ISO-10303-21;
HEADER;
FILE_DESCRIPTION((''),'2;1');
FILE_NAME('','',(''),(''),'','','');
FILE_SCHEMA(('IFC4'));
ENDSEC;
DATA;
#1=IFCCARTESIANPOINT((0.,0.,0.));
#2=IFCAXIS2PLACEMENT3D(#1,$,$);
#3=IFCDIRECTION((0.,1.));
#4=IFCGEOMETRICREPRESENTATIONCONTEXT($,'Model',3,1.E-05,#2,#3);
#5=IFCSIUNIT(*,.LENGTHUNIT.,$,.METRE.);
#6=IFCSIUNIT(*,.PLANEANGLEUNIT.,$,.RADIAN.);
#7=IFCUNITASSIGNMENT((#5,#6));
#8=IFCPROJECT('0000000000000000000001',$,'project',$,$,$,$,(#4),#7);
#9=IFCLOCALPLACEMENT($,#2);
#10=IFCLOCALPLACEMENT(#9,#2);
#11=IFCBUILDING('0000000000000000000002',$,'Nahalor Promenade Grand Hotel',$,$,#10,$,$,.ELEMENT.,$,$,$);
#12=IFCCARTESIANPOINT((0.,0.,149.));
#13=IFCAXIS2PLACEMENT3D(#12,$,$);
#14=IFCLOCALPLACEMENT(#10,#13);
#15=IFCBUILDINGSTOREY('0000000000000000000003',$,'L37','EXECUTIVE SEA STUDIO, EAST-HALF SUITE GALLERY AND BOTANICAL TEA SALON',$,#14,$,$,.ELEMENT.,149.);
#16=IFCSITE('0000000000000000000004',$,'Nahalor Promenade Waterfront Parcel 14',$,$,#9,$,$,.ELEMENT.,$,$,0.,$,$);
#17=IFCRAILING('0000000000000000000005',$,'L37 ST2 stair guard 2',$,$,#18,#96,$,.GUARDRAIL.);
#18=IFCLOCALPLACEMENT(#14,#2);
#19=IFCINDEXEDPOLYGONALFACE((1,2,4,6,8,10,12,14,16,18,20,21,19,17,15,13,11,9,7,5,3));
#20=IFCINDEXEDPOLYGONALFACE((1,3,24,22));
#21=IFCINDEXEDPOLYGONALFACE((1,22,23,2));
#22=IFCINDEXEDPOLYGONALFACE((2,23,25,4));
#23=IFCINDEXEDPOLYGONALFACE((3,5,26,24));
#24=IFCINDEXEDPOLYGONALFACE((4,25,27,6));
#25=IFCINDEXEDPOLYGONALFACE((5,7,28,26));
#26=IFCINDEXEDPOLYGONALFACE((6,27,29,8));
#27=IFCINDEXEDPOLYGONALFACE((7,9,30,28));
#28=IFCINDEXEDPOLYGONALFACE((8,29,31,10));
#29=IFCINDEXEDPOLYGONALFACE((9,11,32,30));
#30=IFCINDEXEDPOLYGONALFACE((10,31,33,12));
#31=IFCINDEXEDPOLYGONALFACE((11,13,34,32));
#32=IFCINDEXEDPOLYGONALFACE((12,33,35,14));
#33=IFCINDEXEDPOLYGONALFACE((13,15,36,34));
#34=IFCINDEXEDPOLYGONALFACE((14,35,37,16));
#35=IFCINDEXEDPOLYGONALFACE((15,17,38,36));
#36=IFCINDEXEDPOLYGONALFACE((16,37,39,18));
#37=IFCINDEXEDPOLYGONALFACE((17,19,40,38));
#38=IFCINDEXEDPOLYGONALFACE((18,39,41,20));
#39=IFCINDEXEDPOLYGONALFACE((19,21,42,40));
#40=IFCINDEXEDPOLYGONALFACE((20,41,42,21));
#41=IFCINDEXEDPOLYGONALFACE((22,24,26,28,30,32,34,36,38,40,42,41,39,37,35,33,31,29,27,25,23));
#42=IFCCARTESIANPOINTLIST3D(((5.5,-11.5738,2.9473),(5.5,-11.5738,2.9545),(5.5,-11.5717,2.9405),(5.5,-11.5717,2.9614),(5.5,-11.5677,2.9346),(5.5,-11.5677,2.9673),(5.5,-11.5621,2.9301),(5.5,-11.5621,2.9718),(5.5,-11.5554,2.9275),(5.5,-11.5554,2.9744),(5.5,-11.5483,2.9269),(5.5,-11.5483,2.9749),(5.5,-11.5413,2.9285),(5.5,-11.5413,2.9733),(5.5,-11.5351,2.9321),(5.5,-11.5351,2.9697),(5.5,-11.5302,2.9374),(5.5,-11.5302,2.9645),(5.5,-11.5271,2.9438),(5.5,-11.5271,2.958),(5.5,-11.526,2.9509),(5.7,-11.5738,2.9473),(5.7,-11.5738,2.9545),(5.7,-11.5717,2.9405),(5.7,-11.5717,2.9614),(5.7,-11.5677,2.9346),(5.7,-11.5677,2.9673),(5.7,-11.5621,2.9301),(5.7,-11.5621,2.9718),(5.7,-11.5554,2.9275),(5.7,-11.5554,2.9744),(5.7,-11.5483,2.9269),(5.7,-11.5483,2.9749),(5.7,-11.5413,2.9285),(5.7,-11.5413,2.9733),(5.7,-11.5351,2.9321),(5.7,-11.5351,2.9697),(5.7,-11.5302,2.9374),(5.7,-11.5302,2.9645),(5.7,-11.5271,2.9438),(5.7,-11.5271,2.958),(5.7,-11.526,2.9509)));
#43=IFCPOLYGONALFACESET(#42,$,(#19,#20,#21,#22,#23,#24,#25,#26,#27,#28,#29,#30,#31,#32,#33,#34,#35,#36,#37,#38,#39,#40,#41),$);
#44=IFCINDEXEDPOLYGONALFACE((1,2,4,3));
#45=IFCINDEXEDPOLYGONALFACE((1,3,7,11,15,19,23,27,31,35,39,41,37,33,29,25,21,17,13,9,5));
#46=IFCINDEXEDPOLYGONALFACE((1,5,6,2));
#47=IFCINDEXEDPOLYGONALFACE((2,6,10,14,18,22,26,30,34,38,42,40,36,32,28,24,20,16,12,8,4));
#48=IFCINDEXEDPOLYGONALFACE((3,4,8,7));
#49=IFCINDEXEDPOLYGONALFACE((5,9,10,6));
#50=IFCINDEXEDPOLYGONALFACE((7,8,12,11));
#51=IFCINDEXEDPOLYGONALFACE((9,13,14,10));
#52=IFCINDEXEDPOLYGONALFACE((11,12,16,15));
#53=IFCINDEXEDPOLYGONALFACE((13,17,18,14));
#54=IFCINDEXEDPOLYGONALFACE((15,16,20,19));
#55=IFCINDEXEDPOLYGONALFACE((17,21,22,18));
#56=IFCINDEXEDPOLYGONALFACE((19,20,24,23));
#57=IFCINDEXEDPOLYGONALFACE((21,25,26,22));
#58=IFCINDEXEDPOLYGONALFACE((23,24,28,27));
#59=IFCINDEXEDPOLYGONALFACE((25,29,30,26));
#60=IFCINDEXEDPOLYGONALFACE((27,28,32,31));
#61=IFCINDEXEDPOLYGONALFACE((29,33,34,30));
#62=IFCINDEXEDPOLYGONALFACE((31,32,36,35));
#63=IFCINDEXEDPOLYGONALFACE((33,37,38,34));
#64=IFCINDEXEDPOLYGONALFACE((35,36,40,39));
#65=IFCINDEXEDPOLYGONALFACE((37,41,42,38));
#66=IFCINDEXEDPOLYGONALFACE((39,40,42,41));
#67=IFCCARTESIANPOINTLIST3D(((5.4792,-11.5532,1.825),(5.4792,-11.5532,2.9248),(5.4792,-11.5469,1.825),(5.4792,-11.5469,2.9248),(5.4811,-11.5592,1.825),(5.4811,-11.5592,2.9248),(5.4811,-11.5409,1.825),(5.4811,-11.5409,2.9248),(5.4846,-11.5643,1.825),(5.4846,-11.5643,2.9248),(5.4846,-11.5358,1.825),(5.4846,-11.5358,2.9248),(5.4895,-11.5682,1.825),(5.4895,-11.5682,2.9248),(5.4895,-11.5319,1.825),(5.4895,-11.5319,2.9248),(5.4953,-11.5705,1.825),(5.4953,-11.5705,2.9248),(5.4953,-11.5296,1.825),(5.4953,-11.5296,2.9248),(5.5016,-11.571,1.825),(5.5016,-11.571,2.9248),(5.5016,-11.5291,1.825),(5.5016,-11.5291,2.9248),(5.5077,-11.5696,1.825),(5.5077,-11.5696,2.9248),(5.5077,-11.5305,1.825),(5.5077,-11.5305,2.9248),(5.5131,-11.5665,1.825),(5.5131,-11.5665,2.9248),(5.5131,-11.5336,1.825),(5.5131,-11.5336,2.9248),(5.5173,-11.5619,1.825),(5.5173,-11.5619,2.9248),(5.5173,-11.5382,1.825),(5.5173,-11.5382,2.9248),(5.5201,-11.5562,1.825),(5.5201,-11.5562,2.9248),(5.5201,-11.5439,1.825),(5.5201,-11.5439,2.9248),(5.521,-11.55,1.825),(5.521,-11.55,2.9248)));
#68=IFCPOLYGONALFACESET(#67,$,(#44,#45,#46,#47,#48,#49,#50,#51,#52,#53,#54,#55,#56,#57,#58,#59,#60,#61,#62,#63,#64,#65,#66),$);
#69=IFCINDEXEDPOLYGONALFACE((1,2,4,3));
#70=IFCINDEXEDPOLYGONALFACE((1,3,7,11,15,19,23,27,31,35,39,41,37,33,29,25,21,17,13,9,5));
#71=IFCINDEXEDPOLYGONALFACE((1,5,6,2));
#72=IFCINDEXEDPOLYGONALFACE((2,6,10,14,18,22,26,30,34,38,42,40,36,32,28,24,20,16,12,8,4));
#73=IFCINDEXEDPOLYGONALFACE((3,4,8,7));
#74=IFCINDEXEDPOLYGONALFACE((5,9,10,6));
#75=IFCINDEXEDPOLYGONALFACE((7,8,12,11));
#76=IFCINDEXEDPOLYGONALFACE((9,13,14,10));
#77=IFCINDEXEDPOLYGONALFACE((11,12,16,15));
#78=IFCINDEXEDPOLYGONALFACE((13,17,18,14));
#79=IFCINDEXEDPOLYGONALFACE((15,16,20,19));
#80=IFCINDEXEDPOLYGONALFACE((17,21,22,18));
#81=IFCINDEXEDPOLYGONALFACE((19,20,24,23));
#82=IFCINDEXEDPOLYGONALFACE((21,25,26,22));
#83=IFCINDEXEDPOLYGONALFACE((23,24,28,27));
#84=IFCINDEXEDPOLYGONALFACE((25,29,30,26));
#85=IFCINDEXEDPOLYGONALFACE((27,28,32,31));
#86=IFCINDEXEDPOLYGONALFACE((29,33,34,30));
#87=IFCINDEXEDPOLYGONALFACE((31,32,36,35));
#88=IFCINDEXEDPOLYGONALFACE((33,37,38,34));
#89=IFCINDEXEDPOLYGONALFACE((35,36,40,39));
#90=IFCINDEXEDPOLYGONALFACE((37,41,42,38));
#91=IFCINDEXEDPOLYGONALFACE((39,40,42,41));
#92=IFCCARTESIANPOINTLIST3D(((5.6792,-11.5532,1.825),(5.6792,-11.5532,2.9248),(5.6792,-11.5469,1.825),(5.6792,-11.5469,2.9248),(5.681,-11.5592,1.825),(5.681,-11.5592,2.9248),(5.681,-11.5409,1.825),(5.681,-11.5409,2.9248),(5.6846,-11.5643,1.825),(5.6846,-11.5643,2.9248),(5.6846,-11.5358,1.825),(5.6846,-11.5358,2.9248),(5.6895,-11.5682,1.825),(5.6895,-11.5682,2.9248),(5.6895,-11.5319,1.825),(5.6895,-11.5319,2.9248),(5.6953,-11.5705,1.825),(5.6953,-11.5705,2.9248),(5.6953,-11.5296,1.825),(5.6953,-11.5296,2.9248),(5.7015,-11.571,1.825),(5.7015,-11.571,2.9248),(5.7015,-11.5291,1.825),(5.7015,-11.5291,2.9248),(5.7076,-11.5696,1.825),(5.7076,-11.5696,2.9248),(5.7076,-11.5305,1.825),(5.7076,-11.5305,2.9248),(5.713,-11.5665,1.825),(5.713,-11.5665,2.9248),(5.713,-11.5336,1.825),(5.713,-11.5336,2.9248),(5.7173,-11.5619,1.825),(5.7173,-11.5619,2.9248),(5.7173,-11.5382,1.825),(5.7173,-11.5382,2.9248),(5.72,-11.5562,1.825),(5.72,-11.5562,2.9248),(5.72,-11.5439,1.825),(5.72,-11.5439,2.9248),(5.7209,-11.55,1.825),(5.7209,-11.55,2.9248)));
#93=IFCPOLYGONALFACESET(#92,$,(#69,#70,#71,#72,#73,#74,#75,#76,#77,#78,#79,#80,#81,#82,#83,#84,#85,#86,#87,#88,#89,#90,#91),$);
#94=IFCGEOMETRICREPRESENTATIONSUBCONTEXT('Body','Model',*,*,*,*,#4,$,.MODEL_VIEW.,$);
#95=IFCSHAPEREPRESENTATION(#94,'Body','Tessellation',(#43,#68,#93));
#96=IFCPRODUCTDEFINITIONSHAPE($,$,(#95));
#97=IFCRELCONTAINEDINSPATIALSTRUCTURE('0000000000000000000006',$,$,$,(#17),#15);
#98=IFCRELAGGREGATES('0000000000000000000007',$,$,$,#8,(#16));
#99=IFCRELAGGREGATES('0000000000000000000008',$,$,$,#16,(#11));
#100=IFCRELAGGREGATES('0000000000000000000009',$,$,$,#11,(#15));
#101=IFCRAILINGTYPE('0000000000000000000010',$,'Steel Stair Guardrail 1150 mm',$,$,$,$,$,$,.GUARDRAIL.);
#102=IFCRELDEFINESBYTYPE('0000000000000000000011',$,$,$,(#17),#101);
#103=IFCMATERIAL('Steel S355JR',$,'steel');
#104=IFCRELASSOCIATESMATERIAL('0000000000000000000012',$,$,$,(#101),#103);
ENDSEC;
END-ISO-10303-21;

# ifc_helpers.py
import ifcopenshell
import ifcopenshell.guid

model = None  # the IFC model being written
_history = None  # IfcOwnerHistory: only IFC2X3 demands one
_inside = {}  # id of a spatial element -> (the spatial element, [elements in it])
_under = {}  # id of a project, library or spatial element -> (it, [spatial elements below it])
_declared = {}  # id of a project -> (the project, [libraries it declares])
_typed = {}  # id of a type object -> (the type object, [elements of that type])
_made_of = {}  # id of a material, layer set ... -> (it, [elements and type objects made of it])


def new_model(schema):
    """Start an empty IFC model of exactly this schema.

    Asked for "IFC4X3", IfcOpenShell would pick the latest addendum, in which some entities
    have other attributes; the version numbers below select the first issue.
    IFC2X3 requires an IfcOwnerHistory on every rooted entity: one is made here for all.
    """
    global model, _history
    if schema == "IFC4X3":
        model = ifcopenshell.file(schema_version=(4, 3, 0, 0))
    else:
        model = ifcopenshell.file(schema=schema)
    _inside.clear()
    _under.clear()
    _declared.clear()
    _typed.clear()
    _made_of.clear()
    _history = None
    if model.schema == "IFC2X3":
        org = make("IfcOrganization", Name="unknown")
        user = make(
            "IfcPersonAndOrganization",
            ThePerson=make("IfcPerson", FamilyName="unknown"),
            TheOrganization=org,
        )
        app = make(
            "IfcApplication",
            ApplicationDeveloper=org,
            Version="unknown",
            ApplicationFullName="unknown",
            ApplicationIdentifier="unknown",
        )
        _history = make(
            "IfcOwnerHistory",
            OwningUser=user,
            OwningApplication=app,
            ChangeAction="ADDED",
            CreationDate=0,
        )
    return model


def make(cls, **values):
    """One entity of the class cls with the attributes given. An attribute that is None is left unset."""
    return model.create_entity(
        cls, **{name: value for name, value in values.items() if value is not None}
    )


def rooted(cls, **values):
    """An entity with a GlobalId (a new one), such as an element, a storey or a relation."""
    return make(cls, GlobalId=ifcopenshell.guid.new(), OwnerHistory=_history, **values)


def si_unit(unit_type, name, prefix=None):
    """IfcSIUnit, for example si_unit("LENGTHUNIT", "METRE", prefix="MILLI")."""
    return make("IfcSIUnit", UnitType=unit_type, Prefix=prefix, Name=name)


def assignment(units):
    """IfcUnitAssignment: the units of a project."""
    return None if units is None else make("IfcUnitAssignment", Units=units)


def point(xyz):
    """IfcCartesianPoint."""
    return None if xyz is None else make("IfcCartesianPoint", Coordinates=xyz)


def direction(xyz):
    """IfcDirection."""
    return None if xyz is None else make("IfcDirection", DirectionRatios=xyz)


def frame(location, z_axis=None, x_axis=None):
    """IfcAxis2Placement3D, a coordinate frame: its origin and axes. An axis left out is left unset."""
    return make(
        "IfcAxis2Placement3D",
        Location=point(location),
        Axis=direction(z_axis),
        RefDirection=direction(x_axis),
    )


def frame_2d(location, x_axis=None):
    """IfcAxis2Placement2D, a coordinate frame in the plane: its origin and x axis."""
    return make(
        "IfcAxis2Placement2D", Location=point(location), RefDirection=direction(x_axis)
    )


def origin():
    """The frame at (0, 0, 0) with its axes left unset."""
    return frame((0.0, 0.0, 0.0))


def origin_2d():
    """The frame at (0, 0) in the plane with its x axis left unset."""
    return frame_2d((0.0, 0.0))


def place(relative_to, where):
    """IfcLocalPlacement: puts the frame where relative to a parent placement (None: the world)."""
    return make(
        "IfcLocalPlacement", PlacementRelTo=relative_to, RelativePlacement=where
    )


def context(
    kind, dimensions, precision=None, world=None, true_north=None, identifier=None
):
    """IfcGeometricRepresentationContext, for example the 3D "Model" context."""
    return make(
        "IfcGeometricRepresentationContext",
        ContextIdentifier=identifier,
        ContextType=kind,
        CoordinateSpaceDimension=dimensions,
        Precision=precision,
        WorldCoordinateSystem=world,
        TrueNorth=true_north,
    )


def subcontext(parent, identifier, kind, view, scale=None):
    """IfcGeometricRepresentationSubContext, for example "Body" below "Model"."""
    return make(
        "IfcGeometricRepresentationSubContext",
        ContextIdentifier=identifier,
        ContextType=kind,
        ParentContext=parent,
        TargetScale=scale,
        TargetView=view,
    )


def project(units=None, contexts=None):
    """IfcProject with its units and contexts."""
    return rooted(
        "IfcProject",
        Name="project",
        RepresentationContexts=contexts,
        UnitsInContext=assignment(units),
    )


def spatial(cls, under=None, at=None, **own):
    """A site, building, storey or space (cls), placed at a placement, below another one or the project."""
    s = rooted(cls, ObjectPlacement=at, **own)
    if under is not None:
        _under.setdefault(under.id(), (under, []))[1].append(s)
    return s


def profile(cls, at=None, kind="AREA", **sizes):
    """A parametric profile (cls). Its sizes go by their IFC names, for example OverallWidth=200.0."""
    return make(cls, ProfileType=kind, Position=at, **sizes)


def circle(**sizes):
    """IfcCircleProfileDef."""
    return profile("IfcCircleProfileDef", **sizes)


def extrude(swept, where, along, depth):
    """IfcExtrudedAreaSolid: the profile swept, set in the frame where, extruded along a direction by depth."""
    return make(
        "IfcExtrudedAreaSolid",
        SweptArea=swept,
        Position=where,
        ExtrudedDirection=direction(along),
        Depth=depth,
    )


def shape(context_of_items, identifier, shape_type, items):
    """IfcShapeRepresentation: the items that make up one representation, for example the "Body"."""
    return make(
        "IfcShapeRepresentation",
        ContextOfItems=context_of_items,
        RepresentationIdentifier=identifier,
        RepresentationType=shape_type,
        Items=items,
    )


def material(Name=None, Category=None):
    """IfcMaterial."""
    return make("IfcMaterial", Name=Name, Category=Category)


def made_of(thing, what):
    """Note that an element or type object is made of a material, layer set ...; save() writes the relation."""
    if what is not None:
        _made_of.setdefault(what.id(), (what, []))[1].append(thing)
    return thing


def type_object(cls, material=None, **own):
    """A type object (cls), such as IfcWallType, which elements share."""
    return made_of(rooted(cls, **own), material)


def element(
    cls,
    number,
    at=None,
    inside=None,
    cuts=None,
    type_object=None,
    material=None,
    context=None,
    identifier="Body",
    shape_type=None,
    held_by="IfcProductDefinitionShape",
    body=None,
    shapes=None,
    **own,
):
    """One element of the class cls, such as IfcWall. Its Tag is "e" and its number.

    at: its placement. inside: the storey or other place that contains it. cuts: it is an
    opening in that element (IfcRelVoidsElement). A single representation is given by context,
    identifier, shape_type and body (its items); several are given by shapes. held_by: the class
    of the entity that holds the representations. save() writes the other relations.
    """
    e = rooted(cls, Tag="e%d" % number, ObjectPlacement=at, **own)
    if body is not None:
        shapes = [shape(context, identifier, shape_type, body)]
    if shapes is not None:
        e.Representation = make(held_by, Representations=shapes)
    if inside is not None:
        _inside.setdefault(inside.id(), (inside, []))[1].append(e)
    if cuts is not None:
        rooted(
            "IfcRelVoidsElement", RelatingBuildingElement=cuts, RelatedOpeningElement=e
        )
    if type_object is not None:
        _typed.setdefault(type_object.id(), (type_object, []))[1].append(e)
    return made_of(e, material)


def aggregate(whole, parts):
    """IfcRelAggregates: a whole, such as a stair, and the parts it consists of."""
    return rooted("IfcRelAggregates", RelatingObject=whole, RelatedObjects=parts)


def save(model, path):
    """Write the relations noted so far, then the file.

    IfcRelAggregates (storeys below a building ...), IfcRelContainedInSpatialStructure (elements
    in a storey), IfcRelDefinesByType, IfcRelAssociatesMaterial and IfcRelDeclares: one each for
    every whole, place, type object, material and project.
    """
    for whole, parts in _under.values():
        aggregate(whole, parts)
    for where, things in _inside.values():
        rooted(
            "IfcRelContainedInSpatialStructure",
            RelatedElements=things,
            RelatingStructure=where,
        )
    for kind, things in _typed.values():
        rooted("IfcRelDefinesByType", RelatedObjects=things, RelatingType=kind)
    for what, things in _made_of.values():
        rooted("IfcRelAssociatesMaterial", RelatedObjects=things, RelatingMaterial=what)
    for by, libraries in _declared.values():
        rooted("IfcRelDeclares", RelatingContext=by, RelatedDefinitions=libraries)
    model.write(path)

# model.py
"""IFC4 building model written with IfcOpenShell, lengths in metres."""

from ifc_helpers import new_model, si_unit, direction, frame, origin, origin_2d, place, context, subcontext, project, spatial, circle, extrude, material, type_object, element, save


model = new_model("IFC4")

# Units and contexts
model_context = context("Model", 3, precision=1e-05, world=origin(), true_north=direction((0.0, 1.0)))
body_context = subcontext(model_context, "Body", "Model", "MODEL_VIEW")
ifc_project = project(units=[si_unit("LENGTHUNIT", "METRE"), si_unit("PLANEANGLEUNIT", "RADIAN")], contexts=[model_context])

# Site, building, storey
site_placement = place(None, origin())
site = spatial("IfcSite", under=ifc_project, at=site_placement, Name="Nahalor Promenade Waterfront Parcel 14", CompositionType="ELEMENT", RefElevation=0.0)
building_placement = place(site_placement, origin())
building = spatial("IfcBuilding", under=site, at=building_placement, Name="Nahalor Promenade Grand Hotel", CompositionType="ELEMENT")
storey_placement = place(building_placement, frame((0.0, 0.0, 149.0)))
storey = spatial("IfcBuildingStorey", under=building, at=storey_placement, Name="L37", Description="EXECUTIVE SEA STUDIO, EAST-HALF SUITE GALLERY AND BOTANICAL TEA SALON", CompositionType="ELEMENT", Elevation=149.0)

# Shared definitions
ifc_material_1 = material(Name="Steel S355JR", Category="steel")

# Railing
railing_type_1 = type_object("IfcRailingType", Name="Steel Stair Guardrail 1150 mm", PredefinedType="GUARDRAIL", material=ifc_material_1)
railing_1_placement = place(storey_placement, frame((5.5, -11.55, 1.825)))
element("IfcRailing", 1, at=railing_1_placement, inside=storey, type_object=railing_type_1, Name="L37 ST2 stair guard 2", PredefinedType="GUARDRAIL", context=body_context, shape_type="SweptSolid", body=[
    extrude(circle(Radius=0.024, at=origin_2d()), frame((0.0, 0.0, 1.126), z_axis=(1.0, 0.0, 0.0), x_axis=(0.0, 1.0, 0.0)), (0.0, 0.0, 1.0), 0.2),
    extrude(circle(Radius=0.021, at=origin_2d()), origin(), (0.0, 0.0, 1.0), 1.0999),
    extrude(circle(Radius=0.021, at=origin_2d()), frame((0.2, 0.0, 0.0)), (0.0, 0.0, 1.0), 1.0999),
])

save(model, "model.ifc")
